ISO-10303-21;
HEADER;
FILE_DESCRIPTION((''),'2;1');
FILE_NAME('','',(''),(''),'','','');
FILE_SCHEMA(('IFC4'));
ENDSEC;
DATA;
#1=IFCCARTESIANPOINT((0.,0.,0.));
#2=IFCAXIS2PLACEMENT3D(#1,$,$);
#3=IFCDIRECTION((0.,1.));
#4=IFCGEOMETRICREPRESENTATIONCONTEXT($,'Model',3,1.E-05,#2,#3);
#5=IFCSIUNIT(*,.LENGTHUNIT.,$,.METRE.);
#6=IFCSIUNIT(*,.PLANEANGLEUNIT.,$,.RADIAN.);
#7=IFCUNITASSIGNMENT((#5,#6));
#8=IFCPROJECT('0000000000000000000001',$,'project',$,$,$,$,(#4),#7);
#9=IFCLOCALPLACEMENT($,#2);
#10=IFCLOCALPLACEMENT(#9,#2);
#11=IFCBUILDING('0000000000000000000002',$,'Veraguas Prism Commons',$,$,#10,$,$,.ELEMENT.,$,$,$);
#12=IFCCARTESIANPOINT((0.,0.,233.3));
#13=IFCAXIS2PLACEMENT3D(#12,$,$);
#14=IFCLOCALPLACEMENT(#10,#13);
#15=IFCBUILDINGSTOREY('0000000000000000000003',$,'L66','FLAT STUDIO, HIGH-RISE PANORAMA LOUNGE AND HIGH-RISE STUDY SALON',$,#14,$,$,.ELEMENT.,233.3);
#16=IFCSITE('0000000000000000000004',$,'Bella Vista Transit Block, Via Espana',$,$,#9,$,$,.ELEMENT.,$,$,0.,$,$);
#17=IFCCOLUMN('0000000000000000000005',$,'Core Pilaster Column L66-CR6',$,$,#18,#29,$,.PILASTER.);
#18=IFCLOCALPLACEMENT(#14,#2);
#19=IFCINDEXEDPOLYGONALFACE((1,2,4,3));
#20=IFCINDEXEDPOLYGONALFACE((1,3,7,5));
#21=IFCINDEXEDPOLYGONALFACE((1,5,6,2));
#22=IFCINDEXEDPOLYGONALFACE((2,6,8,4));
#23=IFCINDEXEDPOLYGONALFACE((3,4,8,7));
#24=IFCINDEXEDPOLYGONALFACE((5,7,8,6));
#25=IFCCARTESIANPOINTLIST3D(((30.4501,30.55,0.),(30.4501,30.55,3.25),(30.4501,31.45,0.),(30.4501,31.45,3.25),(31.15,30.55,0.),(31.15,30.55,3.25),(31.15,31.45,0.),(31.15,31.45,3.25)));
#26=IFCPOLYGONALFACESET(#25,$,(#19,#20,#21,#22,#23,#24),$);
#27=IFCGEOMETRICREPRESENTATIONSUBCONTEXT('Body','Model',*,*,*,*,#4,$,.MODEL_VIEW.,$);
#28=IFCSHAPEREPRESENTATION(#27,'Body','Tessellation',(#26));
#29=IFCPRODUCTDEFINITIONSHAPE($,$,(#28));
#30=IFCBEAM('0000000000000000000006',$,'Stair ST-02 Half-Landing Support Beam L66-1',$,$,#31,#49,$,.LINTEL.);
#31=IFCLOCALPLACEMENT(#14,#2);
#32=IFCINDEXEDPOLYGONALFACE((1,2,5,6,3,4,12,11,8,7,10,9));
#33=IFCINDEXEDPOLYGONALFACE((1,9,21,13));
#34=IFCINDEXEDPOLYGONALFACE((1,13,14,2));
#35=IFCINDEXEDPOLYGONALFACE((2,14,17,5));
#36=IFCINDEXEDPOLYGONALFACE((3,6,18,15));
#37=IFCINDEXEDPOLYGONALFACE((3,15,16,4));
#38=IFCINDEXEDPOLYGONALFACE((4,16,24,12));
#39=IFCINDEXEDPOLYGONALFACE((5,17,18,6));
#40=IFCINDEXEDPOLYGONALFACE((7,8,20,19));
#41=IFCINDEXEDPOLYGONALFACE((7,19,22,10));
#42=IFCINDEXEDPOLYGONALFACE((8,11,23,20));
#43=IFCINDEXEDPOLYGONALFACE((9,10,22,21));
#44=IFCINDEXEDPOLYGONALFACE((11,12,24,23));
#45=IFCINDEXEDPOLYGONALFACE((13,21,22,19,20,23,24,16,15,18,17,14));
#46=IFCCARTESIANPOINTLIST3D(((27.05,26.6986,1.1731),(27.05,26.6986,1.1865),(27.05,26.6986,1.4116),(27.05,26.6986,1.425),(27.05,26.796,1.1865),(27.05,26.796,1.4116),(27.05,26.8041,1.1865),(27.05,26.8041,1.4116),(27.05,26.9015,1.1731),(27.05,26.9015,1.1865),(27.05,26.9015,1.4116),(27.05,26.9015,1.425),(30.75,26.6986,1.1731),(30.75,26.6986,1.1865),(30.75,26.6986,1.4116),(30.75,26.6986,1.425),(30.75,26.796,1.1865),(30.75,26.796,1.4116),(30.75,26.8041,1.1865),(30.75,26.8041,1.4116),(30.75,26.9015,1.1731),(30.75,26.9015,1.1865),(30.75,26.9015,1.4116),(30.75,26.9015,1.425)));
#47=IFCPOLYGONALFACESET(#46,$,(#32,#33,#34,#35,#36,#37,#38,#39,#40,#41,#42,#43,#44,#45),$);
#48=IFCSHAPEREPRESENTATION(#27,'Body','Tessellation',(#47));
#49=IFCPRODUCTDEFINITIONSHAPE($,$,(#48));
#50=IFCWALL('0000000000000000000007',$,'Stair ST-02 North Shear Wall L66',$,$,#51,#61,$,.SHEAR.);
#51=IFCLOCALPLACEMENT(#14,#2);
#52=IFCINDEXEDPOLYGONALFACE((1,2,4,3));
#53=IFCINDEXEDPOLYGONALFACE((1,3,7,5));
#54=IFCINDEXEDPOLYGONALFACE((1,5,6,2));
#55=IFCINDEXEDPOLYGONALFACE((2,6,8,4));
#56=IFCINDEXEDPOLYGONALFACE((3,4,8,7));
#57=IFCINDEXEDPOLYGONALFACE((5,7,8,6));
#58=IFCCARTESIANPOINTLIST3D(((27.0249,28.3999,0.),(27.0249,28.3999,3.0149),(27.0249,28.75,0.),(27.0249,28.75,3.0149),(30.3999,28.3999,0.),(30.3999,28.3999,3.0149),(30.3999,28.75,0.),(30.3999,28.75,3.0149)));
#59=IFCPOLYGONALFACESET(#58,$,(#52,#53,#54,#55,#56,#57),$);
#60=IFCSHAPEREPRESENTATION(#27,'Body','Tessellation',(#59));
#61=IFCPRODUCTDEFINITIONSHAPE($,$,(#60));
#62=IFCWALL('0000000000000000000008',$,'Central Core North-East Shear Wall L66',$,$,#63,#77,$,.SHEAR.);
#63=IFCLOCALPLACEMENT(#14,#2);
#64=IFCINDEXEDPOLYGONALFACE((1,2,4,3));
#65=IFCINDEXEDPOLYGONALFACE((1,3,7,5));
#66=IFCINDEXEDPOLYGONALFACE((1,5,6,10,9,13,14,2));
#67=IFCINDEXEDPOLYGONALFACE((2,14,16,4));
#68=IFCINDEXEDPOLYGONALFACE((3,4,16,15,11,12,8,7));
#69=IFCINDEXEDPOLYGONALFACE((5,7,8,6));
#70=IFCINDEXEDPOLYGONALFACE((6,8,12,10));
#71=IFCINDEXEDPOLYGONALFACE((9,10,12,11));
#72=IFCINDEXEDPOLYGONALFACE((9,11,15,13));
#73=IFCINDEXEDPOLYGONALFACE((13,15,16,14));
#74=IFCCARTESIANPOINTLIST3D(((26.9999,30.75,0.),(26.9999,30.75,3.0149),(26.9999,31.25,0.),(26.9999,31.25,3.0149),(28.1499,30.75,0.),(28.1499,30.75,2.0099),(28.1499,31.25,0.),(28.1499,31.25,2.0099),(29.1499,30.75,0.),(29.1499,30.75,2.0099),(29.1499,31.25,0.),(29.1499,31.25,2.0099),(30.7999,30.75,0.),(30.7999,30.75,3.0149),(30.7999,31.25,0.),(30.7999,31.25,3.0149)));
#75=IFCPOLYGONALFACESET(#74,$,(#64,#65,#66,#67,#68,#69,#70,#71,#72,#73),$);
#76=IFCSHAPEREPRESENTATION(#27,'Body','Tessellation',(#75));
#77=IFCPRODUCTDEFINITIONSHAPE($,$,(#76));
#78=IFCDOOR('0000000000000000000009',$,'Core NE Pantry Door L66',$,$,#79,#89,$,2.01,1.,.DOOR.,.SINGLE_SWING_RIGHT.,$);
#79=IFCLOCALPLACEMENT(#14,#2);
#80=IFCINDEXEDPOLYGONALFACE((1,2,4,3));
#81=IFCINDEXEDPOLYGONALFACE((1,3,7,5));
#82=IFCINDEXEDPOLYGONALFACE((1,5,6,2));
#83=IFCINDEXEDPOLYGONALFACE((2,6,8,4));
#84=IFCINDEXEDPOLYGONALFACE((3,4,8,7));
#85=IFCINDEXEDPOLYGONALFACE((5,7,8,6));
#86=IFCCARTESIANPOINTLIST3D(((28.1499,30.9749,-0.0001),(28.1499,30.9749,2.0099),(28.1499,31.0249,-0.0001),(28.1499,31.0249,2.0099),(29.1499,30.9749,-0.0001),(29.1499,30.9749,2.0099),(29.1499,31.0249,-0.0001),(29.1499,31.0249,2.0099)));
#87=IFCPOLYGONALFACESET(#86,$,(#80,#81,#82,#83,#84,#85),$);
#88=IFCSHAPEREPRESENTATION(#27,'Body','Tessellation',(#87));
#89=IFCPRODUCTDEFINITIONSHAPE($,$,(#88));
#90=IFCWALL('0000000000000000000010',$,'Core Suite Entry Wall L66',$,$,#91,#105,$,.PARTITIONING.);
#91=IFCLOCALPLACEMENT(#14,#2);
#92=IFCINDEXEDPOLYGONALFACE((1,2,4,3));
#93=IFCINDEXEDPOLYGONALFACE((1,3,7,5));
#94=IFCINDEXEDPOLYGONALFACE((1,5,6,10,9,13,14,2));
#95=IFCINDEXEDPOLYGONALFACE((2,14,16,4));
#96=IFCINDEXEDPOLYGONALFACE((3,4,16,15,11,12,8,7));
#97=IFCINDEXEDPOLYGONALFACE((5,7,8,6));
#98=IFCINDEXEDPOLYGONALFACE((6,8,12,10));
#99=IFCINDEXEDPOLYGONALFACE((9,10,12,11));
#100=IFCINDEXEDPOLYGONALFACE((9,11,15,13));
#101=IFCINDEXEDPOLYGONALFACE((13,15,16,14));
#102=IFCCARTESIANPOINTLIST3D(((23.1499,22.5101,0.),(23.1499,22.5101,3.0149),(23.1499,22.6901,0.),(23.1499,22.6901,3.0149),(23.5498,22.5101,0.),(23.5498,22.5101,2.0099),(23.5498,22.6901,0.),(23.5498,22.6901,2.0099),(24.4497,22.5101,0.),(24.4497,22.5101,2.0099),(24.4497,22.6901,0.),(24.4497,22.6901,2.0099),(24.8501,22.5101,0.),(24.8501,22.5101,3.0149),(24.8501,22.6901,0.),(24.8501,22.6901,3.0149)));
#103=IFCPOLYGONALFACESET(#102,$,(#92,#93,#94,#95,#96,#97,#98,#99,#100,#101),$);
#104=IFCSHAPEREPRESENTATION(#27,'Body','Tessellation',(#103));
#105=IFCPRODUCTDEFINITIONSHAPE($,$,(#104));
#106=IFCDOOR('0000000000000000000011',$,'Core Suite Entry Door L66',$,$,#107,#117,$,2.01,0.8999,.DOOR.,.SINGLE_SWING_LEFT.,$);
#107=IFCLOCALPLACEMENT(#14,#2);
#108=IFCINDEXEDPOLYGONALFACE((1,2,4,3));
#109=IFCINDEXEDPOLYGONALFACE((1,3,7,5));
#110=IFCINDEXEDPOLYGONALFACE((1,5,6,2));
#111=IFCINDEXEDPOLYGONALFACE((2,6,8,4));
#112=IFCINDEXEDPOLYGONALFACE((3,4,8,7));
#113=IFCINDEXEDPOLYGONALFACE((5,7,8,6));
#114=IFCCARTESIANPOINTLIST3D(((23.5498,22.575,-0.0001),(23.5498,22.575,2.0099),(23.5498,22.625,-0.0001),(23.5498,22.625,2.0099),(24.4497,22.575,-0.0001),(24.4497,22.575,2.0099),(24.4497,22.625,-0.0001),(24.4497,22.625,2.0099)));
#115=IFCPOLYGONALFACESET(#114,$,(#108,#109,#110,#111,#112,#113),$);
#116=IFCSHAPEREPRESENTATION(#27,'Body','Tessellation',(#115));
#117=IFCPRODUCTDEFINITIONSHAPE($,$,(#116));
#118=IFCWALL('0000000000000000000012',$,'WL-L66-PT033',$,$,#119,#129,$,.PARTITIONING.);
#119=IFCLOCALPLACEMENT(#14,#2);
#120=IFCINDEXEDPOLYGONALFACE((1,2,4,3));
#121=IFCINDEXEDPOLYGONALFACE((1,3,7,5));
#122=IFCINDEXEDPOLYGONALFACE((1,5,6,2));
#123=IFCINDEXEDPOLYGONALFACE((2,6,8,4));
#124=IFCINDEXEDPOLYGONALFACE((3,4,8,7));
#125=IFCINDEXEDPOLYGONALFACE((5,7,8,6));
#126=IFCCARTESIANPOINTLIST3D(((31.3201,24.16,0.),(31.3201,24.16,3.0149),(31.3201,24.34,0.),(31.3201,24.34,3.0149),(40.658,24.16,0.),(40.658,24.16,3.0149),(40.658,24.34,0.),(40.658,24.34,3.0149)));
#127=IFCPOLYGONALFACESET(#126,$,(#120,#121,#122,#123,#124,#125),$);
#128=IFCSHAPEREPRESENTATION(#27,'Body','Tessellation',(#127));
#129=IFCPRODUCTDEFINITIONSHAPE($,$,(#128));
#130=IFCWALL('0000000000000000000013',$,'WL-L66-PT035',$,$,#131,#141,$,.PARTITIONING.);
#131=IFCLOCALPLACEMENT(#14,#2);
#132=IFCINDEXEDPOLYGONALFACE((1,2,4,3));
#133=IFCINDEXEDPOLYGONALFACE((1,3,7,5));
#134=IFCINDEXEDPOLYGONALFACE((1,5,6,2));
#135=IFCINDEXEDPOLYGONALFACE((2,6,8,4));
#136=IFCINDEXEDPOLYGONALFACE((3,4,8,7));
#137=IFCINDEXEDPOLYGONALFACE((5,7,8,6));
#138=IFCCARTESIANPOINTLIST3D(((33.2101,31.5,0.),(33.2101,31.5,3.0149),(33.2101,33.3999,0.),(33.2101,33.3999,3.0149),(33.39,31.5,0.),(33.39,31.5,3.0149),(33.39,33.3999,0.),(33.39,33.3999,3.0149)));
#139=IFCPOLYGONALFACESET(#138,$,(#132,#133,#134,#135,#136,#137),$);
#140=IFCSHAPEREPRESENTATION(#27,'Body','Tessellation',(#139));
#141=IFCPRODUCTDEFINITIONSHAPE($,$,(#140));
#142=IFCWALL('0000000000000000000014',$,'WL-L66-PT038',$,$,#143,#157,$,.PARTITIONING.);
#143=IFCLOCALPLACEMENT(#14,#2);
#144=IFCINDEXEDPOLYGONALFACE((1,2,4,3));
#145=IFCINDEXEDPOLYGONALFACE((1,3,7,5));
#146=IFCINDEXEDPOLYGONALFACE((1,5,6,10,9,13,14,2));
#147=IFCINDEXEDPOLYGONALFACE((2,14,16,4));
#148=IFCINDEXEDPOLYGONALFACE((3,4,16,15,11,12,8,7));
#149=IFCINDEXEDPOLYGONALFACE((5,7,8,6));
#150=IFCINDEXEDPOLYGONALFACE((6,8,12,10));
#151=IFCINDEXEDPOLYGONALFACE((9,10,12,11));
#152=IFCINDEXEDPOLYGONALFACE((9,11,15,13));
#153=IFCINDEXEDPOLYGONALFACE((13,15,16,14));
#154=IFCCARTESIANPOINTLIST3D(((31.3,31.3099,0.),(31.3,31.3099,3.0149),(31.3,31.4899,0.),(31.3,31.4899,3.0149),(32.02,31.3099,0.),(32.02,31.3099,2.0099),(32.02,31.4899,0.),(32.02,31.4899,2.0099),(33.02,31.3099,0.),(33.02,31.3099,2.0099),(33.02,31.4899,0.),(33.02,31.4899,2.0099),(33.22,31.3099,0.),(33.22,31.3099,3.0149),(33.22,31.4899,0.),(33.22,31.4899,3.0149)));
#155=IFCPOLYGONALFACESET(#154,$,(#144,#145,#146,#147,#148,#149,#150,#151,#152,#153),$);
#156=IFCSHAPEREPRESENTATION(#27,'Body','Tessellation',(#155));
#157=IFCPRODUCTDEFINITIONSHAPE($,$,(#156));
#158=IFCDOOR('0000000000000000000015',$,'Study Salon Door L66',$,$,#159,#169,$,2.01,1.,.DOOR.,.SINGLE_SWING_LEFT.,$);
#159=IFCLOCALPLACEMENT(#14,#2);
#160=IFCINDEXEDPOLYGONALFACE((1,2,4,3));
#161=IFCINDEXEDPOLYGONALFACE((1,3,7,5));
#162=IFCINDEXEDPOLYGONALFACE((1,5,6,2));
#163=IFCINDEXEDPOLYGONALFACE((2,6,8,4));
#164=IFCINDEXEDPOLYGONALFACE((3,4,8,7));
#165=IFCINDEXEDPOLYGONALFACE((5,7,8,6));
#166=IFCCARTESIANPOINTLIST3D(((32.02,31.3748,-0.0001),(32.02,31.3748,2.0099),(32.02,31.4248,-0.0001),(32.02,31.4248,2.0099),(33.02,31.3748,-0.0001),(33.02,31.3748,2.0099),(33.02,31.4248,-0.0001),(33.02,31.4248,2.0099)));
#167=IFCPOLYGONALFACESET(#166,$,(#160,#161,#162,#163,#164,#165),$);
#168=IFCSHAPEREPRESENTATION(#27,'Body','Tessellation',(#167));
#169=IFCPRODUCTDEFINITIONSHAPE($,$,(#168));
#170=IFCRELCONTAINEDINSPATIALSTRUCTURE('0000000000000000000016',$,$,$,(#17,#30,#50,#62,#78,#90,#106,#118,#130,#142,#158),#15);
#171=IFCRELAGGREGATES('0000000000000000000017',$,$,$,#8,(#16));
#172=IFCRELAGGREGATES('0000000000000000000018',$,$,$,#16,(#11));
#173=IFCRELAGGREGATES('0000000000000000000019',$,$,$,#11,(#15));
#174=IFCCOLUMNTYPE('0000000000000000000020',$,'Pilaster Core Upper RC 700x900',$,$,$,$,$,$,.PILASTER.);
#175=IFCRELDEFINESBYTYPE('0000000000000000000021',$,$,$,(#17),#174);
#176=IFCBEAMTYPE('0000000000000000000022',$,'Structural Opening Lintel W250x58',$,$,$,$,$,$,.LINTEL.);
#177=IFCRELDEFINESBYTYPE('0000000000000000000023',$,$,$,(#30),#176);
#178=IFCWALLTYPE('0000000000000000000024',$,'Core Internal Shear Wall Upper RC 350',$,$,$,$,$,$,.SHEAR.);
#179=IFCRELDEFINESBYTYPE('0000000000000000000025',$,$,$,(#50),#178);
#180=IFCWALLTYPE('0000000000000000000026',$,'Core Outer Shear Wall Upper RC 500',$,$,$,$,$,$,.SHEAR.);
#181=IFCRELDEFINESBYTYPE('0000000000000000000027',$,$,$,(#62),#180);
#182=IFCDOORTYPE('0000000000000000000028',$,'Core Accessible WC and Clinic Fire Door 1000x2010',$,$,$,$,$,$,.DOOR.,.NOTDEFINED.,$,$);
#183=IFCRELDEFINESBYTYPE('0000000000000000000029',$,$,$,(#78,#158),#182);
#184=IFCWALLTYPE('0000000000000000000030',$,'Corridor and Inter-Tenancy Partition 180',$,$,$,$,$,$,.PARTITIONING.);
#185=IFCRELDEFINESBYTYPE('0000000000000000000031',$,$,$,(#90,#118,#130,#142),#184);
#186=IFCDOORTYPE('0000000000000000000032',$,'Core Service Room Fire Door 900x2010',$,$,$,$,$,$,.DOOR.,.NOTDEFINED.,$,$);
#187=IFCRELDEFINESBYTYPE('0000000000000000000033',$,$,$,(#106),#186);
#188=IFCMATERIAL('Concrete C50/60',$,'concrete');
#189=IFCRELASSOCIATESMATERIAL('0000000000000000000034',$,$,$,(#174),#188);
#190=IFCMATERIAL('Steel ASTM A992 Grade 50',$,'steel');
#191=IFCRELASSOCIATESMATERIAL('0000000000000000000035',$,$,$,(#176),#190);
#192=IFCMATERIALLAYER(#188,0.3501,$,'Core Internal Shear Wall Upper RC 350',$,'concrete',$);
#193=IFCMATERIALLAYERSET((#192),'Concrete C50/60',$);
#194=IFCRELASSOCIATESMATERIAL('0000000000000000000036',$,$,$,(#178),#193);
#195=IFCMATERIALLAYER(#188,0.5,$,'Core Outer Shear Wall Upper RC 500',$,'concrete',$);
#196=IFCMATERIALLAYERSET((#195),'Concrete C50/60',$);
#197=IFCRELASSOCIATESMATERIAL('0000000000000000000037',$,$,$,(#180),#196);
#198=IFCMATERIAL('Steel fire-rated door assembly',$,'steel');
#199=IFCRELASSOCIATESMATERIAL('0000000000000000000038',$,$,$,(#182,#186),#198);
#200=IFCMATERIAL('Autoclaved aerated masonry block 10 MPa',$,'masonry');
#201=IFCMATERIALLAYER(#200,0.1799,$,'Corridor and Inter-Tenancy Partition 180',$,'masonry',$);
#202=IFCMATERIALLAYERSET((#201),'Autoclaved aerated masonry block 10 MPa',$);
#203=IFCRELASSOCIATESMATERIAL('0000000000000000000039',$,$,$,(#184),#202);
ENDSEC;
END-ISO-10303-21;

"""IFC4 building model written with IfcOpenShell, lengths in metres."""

from ifc_helpers import new_model, si_unit, direction, frame, frame_2d, origin, origin_2d, place, context, subcontext, project, spatial, rectangle, i_section, extrude, source, transform, mapped, material, layer, layer_set, material_profile, profile_set, type_object, element, fill, save


model = new_model("IFC4")

# Units and contexts
model_context = context("Model", 3, precision=1e-05, world=origin(), true_north=direction((0.0, 1.0)))
body_context = subcontext(model_context, "Body", "Model", "MODEL_VIEW")
ifc_project = project(units=[si_unit("LENGTHUNIT", "METRE"), si_unit("PLANEANGLEUNIT", "RADIAN")], contexts=[model_context])

# Site, building, storey
site_placement = place(None, origin())
site = spatial("IfcSite", under=ifc_project, at=site_placement, Name="Bella Vista Transit Block, Via Espana", CompositionType="ELEMENT", RefElevation=0.0)
building_placement = place(site_placement, origin())
building = spatial("IfcBuilding", under=site, at=building_placement, Name="Veraguas Prism Commons", CompositionType="ELEMENT")
storey_placement = place(building_placement, frame((0.0, 0.0, 233.3)))
storey = spatial("IfcBuildingStorey", under=building, at=storey_placement, Name="L66", Description="FLAT STUDIO, HIGH-RISE PANORAMA LOUNGE AND HIGH-RISE STUDY SALON", CompositionType="ELEMENT", Elevation=233.3)

# Column
ifc_material_1 = material(Name="Concrete C50/60", Category="concrete")
ifc_material_profile_1 = material_profile(ifc_material_1, rectangle(XDim=0.7, YDim=0.8999, at=origin_2d()), Name="RC700X900")
ifc_profile_set_1 = profile_set([ifc_material_profile_1], Name="Concrete C50/60")
column_type = type_object("IfcColumnType", Name="Pilaster Core Upper RC 700x900", PredefinedType="PILASTER", material=ifc_profile_set_1)
column_placement = place(storey_placement, frame((30.8, 31.0, 0.0), z_axis=(0.0, 0.0, 1.0), x_axis=(1.0, 0.0, 0.0)))
element("IfcColumn", 1, at=column_placement, inside=storey, type_object=column_type, Name="Core Pilaster Column L66-CR6", PredefinedType="PILASTER", context=body_context, shape_type="SweptSolid", body=[
    extrude(rectangle(XDim=0.7, YDim=0.8999, at=origin_2d()), origin(), (0.0, 0.0, 1.0), 3.25),
])

# Beam
ifc_material_2 = material(Name="Steel ASTM A992 Grade 50", Category="steel")
ifc_material_profile_2 = material_profile(ifc_material_2, i_section(OverallWidth=0.2029, OverallDepth=0.252, WebThickness=0.0081, FlangeThickness=0.0134, at=origin_2d()), Name="W250X58")
ifc_profile_set_2 = profile_set([ifc_material_profile_2], Name="Steel ASTM A992 Grade 50")
beam_type = type_object("IfcBeamType", Name="Structural Opening Lintel W250x58", PredefinedType="LINTEL", material=ifc_profile_set_2)
beam_placement = place(storey_placement, frame((27.05, 26.8, 1.2991), z_axis=(1.0, 0.0, 0.0), x_axis=(0.0, 1.0, 0.0)))
element("IfcBeam", 2, at=beam_placement, inside=storey, type_object=beam_type, Name="Stair ST-02 Half-Landing Support Beam L66-1", PredefinedType="LINTEL", context=body_context, shape_type="SweptSolid", body=[
    extrude(i_section(OverallWidth=0.2029, OverallDepth=0.252, WebThickness=0.0081, FlangeThickness=0.0134, at=origin_2d()), origin(), (0.0, 0.0, 1.0), 3.7),
])

# Wall
ifc_layer_1 = layer(ifc_material_1, 0.3501, Name="Core Internal Shear Wall Upper RC 350", Category="concrete")
ifc_layer_set_1 = layer_set([ifc_layer_1], Name="Concrete C50/60")
wall_type_1 = type_object("IfcWallType", Name="Core Internal Shear Wall Upper RC 350", PredefinedType="SHEAR", material=ifc_layer_set_1)
wall_1_placement = place(storey_placement, frame((27.0249, 28.575, 0.0), z_axis=(0.0, 0.0, 1.0), x_axis=(1.0, 0.0, 0.0)))
element("IfcWall", 3, at=wall_1_placement, inside=storey, type_object=wall_type_1, Name="Stair ST-02 North Shear Wall L66", PredefinedType="SHEAR", context=body_context, shape_type="SweptSolid", body=[
    extrude(rectangle(XDim=3.375, YDim=0.3501, at=frame_2d((1.6875, 0.0))), origin(), (0.0, 0.0, 1.0), 3.0149),
])

# Walls, openings, doors
ifc_layer_2 = layer(ifc_material_1, 0.5, Name="Core Outer Shear Wall Upper RC 500", Category="concrete")
ifc_layer_set_2 = layer_set([ifc_layer_2], Name="Concrete C50/60")
wall_type_2 = type_object("IfcWallType", Name="Core Outer Shear Wall Upper RC 500", PredefinedType="SHEAR", material=ifc_layer_set_2)
wall_2_placement = place(storey_placement, frame((27.0, 31.0, 0.0), z_axis=(0.0, 0.0, 1.0), x_axis=(1.0, 0.0, 0.0)))
wall_2 = element("IfcWall", 4, at=wall_2_placement, inside=storey, type_object=wall_type_2, Name="Central Core North-East Shear Wall L66", PredefinedType="SHEAR", context=body_context, shape_type="SweptSolid", body=[
    extrude(rectangle(XDim=3.8, YDim=0.5, at=frame_2d((1.8999, 0.0))), origin(), (0.0, 0.0, 1.0), 3.0149),
])
opening_1_placement = place(wall_2_placement, frame((1.1499, 0.0, 0.0)))
opening_1 = element("IfcOpeningElement", 5, at=opening_1_placement, cuts=wall_2, PredefinedType="OPENING", context=body_context, shape_type="SweptSolid", body=[
    extrude(rectangle(XDim=1.0, YDim=2.01, at=frame_2d((0.5, 1.0049))), frame((0.0, 0.26, 0.0), z_axis=(0.0, -1.0, 0.0), x_axis=(1.0, 0.0, 0.0)), (0.0, 0.0, 1.0), 0.52),
])
ifc_material_3 = material(Name="Steel fire-rated door assembly", Category="steel")
door_type_1 = type_object("IfcDoorType", Name="Core Accessible WC and Clinic Fire Door 1000x2010", OperationType="NOTDEFINED", PredefinedType="DOOR", material=ifc_material_3)
shared_shape_1 = source(origin(), body_context, "Body", "SweptSolid", [
    extrude(rectangle(XDim=1.0, YDim=2.01, at=frame_2d((0.5, 1.0049))), frame((0.0, 0.0249, 0.0), z_axis=(0.0, -1.0, 0.0), x_axis=(1.0, 0.0, 0.0)), (0.0, 0.0, 1.0), 0.05),
])
door_1_placement = place(opening_1_placement, origin())
door_1 = element("IfcDoor", 6, at=door_1_placement, inside=storey, type_object=door_type_1, Name="Core NE Pantry Door L66", OperationType="SINGLE_SWING_RIGHT", OverallHeight=2.01, OverallWidth=1.0, PredefinedType="DOOR", context=body_context, shape_type="MappedRepresentation", body=[
    mapped(shared_shape_1, transform((0.0, 0.0, 0.0), scale=1.0)),
])
fill(opening_1, door_1)
ifc_material_4 = material(Name="Autoclaved aerated masonry block 10 MPa", Category="masonry")
ifc_layer_3 = layer(ifc_material_4, 0.1799, Name="Corridor and Inter-Tenancy Partition 180", Category="masonry")
ifc_layer_set_3 = layer_set([ifc_layer_3], Name="Autoclaved aerated masonry block 10 MPa")
wall_type_3 = type_object("IfcWallType", Name="Corridor and Inter-Tenancy Partition 180", PredefinedType="PARTITIONING", material=ifc_layer_set_3)
wall_3_placement = place(storey_placement, frame((23.1499, 22.6001, 0.0), z_axis=(0.0, 0.0, 1.0), x_axis=(1.0, 0.0, 0.0)))
wall_3 = element("IfcWall", 7, at=wall_3_placement, inside=storey, type_object=wall_type_3, Name="Core Suite Entry Wall L66", PredefinedType="PARTITIONING", context=body_context, shape_type="SweptSolid", body=[
    extrude(rectangle(XDim=1.7002, YDim=0.1799, at=frame_2d((0.8501, 0.0))), origin(), (0.0, 0.0, 1.0), 3.0149),
])
opening_2_placement = place(wall_3_placement, frame((0.3999, 0.0, 0.0)))
opening_2 = element("IfcOpeningElement", 8, at=opening_2_placement, cuts=wall_3, PredefinedType="OPENING", context=body_context, shape_type="SweptSolid", body=[
    extrude(rectangle(XDim=0.8999, YDim=2.01, at=frame_2d((0.45, 1.0049))), frame((0.0, 0.0999, 0.0), z_axis=(0.0, -1.0, 0.0), x_axis=(1.0, 0.0, 0.0)), (0.0, 0.0, 1.0), 0.2),
])
door_type_2 = type_object("IfcDoorType", Name="Core Service Room Fire Door 900x2010", OperationType="NOTDEFINED", PredefinedType="DOOR", material=ifc_material_3)
shared_shape_2 = source(origin(), body_context, "Body", "SweptSolid", [
    extrude(rectangle(XDim=0.8999, YDim=2.01, at=frame_2d((0.45, 1.0049))), frame((0.0, 0.0249, 0.0), z_axis=(0.0, -1.0, 0.0), x_axis=(1.0, 0.0, 0.0)), (0.0, 0.0, 1.0), 0.05),
])
door_2_placement = place(opening_2_placement, origin())
door_2 = element("IfcDoor", 9, at=door_2_placement, inside=storey, type_object=door_type_2, Name="Core Suite Entry Door L66", OperationType="SINGLE_SWING_LEFT", OverallHeight=2.01, OverallWidth=0.8999, PredefinedType="DOOR", context=body_context, shape_type="MappedRepresentation", body=[
    mapped(shared_shape_2, transform((0.0, 0.0, 0.0), scale=1.0)),
])
fill(opening_2, door_2)

# Walls
wall_4_placement = place(storey_placement, frame((31.3201, 24.25, 0.0), z_axis=(0.0, 0.0, 1.0), x_axis=(1.0, 0.0, 0.0)))
element("IfcWall", 10, at=wall_4_placement, inside=storey, type_object=wall_type_3, Name="WL-L66-PT033", PredefinedType="PARTITIONING", context=body_context, shape_type="SweptSolid", body=[
    extrude(rectangle(XDim=9.3379, YDim=0.1799, at=frame_2d((4.6689, 0.0))), origin(), (0.0, 0.0, 1.0), 3.0149),
])
wall_5_placement = place(storey_placement, frame((33.3, 31.5, 0.0), z_axis=(0.0, 0.0, 1.0), x_axis=(0.0, 1.0, 0.0)))
element("IfcWall", 11, at=wall_5_placement, inside=storey, type_object=wall_type_3, Name="WL-L66-PT035", PredefinedType="PARTITIONING", context=body_context, shape_type="SweptSolid", body=[
    extrude(rectangle(XDim=1.8999, YDim=0.1799, at=frame_2d((0.95, 0.0))), origin(), (0.0, 0.0, 1.0), 3.0149),
])

# Wall, opening, door
wall_6_placement = place(storey_placement, frame((31.3, 31.3999, 0.0), z_axis=(0.0, 0.0, 1.0), x_axis=(1.0, 0.0, 0.0)))
wall_6 = element("IfcWall", 12, at=wall_6_placement, inside=storey, type_object=wall_type_3, Name="WL-L66-PT038", PredefinedType="PARTITIONING", context=body_context, shape_type="SweptSolid", body=[
    extrude(rectangle(XDim=1.9199, YDim=0.1799, at=frame_2d((0.96, 0.0))), origin(), (0.0, 0.0, 1.0), 3.0149),
])
opening_3_placement = place(wall_6_placement, frame((0.72, 0.0, 0.0)))
opening_3 = element("IfcOpeningElement", 13, at=opening_3_placement, cuts=wall_6, PredefinedType="OPENING", context=body_context, shape_type="SweptSolid", body=[
    extrude(rectangle(XDim=1.0, YDim=2.01, at=frame_2d((0.5, 1.0049))), frame((0.0, 0.0999, 0.0), z_axis=(0.0, -1.0, 0.0), x_axis=(1.0, 0.0, 0.0)), (0.0, 0.0, 1.0), 0.2),
])
door_3_placement = place(opening_3_placement, origin())
door_3 = element("IfcDoor", 14, at=door_3_placement, inside=storey, type_object=door_type_1, Name="Study Salon Door L66", OperationType="SINGLE_SWING_LEFT", OverallHeight=2.01, OverallWidth=1.0, PredefinedType="DOOR", context=body_context, shape_type="MappedRepresentation", body=[
    mapped(shared_shape_1, transform((0.0, 0.0, 0.0), scale=1.0)),
])
fill(opening_3, door_3)

save(model, "model.ifc")
